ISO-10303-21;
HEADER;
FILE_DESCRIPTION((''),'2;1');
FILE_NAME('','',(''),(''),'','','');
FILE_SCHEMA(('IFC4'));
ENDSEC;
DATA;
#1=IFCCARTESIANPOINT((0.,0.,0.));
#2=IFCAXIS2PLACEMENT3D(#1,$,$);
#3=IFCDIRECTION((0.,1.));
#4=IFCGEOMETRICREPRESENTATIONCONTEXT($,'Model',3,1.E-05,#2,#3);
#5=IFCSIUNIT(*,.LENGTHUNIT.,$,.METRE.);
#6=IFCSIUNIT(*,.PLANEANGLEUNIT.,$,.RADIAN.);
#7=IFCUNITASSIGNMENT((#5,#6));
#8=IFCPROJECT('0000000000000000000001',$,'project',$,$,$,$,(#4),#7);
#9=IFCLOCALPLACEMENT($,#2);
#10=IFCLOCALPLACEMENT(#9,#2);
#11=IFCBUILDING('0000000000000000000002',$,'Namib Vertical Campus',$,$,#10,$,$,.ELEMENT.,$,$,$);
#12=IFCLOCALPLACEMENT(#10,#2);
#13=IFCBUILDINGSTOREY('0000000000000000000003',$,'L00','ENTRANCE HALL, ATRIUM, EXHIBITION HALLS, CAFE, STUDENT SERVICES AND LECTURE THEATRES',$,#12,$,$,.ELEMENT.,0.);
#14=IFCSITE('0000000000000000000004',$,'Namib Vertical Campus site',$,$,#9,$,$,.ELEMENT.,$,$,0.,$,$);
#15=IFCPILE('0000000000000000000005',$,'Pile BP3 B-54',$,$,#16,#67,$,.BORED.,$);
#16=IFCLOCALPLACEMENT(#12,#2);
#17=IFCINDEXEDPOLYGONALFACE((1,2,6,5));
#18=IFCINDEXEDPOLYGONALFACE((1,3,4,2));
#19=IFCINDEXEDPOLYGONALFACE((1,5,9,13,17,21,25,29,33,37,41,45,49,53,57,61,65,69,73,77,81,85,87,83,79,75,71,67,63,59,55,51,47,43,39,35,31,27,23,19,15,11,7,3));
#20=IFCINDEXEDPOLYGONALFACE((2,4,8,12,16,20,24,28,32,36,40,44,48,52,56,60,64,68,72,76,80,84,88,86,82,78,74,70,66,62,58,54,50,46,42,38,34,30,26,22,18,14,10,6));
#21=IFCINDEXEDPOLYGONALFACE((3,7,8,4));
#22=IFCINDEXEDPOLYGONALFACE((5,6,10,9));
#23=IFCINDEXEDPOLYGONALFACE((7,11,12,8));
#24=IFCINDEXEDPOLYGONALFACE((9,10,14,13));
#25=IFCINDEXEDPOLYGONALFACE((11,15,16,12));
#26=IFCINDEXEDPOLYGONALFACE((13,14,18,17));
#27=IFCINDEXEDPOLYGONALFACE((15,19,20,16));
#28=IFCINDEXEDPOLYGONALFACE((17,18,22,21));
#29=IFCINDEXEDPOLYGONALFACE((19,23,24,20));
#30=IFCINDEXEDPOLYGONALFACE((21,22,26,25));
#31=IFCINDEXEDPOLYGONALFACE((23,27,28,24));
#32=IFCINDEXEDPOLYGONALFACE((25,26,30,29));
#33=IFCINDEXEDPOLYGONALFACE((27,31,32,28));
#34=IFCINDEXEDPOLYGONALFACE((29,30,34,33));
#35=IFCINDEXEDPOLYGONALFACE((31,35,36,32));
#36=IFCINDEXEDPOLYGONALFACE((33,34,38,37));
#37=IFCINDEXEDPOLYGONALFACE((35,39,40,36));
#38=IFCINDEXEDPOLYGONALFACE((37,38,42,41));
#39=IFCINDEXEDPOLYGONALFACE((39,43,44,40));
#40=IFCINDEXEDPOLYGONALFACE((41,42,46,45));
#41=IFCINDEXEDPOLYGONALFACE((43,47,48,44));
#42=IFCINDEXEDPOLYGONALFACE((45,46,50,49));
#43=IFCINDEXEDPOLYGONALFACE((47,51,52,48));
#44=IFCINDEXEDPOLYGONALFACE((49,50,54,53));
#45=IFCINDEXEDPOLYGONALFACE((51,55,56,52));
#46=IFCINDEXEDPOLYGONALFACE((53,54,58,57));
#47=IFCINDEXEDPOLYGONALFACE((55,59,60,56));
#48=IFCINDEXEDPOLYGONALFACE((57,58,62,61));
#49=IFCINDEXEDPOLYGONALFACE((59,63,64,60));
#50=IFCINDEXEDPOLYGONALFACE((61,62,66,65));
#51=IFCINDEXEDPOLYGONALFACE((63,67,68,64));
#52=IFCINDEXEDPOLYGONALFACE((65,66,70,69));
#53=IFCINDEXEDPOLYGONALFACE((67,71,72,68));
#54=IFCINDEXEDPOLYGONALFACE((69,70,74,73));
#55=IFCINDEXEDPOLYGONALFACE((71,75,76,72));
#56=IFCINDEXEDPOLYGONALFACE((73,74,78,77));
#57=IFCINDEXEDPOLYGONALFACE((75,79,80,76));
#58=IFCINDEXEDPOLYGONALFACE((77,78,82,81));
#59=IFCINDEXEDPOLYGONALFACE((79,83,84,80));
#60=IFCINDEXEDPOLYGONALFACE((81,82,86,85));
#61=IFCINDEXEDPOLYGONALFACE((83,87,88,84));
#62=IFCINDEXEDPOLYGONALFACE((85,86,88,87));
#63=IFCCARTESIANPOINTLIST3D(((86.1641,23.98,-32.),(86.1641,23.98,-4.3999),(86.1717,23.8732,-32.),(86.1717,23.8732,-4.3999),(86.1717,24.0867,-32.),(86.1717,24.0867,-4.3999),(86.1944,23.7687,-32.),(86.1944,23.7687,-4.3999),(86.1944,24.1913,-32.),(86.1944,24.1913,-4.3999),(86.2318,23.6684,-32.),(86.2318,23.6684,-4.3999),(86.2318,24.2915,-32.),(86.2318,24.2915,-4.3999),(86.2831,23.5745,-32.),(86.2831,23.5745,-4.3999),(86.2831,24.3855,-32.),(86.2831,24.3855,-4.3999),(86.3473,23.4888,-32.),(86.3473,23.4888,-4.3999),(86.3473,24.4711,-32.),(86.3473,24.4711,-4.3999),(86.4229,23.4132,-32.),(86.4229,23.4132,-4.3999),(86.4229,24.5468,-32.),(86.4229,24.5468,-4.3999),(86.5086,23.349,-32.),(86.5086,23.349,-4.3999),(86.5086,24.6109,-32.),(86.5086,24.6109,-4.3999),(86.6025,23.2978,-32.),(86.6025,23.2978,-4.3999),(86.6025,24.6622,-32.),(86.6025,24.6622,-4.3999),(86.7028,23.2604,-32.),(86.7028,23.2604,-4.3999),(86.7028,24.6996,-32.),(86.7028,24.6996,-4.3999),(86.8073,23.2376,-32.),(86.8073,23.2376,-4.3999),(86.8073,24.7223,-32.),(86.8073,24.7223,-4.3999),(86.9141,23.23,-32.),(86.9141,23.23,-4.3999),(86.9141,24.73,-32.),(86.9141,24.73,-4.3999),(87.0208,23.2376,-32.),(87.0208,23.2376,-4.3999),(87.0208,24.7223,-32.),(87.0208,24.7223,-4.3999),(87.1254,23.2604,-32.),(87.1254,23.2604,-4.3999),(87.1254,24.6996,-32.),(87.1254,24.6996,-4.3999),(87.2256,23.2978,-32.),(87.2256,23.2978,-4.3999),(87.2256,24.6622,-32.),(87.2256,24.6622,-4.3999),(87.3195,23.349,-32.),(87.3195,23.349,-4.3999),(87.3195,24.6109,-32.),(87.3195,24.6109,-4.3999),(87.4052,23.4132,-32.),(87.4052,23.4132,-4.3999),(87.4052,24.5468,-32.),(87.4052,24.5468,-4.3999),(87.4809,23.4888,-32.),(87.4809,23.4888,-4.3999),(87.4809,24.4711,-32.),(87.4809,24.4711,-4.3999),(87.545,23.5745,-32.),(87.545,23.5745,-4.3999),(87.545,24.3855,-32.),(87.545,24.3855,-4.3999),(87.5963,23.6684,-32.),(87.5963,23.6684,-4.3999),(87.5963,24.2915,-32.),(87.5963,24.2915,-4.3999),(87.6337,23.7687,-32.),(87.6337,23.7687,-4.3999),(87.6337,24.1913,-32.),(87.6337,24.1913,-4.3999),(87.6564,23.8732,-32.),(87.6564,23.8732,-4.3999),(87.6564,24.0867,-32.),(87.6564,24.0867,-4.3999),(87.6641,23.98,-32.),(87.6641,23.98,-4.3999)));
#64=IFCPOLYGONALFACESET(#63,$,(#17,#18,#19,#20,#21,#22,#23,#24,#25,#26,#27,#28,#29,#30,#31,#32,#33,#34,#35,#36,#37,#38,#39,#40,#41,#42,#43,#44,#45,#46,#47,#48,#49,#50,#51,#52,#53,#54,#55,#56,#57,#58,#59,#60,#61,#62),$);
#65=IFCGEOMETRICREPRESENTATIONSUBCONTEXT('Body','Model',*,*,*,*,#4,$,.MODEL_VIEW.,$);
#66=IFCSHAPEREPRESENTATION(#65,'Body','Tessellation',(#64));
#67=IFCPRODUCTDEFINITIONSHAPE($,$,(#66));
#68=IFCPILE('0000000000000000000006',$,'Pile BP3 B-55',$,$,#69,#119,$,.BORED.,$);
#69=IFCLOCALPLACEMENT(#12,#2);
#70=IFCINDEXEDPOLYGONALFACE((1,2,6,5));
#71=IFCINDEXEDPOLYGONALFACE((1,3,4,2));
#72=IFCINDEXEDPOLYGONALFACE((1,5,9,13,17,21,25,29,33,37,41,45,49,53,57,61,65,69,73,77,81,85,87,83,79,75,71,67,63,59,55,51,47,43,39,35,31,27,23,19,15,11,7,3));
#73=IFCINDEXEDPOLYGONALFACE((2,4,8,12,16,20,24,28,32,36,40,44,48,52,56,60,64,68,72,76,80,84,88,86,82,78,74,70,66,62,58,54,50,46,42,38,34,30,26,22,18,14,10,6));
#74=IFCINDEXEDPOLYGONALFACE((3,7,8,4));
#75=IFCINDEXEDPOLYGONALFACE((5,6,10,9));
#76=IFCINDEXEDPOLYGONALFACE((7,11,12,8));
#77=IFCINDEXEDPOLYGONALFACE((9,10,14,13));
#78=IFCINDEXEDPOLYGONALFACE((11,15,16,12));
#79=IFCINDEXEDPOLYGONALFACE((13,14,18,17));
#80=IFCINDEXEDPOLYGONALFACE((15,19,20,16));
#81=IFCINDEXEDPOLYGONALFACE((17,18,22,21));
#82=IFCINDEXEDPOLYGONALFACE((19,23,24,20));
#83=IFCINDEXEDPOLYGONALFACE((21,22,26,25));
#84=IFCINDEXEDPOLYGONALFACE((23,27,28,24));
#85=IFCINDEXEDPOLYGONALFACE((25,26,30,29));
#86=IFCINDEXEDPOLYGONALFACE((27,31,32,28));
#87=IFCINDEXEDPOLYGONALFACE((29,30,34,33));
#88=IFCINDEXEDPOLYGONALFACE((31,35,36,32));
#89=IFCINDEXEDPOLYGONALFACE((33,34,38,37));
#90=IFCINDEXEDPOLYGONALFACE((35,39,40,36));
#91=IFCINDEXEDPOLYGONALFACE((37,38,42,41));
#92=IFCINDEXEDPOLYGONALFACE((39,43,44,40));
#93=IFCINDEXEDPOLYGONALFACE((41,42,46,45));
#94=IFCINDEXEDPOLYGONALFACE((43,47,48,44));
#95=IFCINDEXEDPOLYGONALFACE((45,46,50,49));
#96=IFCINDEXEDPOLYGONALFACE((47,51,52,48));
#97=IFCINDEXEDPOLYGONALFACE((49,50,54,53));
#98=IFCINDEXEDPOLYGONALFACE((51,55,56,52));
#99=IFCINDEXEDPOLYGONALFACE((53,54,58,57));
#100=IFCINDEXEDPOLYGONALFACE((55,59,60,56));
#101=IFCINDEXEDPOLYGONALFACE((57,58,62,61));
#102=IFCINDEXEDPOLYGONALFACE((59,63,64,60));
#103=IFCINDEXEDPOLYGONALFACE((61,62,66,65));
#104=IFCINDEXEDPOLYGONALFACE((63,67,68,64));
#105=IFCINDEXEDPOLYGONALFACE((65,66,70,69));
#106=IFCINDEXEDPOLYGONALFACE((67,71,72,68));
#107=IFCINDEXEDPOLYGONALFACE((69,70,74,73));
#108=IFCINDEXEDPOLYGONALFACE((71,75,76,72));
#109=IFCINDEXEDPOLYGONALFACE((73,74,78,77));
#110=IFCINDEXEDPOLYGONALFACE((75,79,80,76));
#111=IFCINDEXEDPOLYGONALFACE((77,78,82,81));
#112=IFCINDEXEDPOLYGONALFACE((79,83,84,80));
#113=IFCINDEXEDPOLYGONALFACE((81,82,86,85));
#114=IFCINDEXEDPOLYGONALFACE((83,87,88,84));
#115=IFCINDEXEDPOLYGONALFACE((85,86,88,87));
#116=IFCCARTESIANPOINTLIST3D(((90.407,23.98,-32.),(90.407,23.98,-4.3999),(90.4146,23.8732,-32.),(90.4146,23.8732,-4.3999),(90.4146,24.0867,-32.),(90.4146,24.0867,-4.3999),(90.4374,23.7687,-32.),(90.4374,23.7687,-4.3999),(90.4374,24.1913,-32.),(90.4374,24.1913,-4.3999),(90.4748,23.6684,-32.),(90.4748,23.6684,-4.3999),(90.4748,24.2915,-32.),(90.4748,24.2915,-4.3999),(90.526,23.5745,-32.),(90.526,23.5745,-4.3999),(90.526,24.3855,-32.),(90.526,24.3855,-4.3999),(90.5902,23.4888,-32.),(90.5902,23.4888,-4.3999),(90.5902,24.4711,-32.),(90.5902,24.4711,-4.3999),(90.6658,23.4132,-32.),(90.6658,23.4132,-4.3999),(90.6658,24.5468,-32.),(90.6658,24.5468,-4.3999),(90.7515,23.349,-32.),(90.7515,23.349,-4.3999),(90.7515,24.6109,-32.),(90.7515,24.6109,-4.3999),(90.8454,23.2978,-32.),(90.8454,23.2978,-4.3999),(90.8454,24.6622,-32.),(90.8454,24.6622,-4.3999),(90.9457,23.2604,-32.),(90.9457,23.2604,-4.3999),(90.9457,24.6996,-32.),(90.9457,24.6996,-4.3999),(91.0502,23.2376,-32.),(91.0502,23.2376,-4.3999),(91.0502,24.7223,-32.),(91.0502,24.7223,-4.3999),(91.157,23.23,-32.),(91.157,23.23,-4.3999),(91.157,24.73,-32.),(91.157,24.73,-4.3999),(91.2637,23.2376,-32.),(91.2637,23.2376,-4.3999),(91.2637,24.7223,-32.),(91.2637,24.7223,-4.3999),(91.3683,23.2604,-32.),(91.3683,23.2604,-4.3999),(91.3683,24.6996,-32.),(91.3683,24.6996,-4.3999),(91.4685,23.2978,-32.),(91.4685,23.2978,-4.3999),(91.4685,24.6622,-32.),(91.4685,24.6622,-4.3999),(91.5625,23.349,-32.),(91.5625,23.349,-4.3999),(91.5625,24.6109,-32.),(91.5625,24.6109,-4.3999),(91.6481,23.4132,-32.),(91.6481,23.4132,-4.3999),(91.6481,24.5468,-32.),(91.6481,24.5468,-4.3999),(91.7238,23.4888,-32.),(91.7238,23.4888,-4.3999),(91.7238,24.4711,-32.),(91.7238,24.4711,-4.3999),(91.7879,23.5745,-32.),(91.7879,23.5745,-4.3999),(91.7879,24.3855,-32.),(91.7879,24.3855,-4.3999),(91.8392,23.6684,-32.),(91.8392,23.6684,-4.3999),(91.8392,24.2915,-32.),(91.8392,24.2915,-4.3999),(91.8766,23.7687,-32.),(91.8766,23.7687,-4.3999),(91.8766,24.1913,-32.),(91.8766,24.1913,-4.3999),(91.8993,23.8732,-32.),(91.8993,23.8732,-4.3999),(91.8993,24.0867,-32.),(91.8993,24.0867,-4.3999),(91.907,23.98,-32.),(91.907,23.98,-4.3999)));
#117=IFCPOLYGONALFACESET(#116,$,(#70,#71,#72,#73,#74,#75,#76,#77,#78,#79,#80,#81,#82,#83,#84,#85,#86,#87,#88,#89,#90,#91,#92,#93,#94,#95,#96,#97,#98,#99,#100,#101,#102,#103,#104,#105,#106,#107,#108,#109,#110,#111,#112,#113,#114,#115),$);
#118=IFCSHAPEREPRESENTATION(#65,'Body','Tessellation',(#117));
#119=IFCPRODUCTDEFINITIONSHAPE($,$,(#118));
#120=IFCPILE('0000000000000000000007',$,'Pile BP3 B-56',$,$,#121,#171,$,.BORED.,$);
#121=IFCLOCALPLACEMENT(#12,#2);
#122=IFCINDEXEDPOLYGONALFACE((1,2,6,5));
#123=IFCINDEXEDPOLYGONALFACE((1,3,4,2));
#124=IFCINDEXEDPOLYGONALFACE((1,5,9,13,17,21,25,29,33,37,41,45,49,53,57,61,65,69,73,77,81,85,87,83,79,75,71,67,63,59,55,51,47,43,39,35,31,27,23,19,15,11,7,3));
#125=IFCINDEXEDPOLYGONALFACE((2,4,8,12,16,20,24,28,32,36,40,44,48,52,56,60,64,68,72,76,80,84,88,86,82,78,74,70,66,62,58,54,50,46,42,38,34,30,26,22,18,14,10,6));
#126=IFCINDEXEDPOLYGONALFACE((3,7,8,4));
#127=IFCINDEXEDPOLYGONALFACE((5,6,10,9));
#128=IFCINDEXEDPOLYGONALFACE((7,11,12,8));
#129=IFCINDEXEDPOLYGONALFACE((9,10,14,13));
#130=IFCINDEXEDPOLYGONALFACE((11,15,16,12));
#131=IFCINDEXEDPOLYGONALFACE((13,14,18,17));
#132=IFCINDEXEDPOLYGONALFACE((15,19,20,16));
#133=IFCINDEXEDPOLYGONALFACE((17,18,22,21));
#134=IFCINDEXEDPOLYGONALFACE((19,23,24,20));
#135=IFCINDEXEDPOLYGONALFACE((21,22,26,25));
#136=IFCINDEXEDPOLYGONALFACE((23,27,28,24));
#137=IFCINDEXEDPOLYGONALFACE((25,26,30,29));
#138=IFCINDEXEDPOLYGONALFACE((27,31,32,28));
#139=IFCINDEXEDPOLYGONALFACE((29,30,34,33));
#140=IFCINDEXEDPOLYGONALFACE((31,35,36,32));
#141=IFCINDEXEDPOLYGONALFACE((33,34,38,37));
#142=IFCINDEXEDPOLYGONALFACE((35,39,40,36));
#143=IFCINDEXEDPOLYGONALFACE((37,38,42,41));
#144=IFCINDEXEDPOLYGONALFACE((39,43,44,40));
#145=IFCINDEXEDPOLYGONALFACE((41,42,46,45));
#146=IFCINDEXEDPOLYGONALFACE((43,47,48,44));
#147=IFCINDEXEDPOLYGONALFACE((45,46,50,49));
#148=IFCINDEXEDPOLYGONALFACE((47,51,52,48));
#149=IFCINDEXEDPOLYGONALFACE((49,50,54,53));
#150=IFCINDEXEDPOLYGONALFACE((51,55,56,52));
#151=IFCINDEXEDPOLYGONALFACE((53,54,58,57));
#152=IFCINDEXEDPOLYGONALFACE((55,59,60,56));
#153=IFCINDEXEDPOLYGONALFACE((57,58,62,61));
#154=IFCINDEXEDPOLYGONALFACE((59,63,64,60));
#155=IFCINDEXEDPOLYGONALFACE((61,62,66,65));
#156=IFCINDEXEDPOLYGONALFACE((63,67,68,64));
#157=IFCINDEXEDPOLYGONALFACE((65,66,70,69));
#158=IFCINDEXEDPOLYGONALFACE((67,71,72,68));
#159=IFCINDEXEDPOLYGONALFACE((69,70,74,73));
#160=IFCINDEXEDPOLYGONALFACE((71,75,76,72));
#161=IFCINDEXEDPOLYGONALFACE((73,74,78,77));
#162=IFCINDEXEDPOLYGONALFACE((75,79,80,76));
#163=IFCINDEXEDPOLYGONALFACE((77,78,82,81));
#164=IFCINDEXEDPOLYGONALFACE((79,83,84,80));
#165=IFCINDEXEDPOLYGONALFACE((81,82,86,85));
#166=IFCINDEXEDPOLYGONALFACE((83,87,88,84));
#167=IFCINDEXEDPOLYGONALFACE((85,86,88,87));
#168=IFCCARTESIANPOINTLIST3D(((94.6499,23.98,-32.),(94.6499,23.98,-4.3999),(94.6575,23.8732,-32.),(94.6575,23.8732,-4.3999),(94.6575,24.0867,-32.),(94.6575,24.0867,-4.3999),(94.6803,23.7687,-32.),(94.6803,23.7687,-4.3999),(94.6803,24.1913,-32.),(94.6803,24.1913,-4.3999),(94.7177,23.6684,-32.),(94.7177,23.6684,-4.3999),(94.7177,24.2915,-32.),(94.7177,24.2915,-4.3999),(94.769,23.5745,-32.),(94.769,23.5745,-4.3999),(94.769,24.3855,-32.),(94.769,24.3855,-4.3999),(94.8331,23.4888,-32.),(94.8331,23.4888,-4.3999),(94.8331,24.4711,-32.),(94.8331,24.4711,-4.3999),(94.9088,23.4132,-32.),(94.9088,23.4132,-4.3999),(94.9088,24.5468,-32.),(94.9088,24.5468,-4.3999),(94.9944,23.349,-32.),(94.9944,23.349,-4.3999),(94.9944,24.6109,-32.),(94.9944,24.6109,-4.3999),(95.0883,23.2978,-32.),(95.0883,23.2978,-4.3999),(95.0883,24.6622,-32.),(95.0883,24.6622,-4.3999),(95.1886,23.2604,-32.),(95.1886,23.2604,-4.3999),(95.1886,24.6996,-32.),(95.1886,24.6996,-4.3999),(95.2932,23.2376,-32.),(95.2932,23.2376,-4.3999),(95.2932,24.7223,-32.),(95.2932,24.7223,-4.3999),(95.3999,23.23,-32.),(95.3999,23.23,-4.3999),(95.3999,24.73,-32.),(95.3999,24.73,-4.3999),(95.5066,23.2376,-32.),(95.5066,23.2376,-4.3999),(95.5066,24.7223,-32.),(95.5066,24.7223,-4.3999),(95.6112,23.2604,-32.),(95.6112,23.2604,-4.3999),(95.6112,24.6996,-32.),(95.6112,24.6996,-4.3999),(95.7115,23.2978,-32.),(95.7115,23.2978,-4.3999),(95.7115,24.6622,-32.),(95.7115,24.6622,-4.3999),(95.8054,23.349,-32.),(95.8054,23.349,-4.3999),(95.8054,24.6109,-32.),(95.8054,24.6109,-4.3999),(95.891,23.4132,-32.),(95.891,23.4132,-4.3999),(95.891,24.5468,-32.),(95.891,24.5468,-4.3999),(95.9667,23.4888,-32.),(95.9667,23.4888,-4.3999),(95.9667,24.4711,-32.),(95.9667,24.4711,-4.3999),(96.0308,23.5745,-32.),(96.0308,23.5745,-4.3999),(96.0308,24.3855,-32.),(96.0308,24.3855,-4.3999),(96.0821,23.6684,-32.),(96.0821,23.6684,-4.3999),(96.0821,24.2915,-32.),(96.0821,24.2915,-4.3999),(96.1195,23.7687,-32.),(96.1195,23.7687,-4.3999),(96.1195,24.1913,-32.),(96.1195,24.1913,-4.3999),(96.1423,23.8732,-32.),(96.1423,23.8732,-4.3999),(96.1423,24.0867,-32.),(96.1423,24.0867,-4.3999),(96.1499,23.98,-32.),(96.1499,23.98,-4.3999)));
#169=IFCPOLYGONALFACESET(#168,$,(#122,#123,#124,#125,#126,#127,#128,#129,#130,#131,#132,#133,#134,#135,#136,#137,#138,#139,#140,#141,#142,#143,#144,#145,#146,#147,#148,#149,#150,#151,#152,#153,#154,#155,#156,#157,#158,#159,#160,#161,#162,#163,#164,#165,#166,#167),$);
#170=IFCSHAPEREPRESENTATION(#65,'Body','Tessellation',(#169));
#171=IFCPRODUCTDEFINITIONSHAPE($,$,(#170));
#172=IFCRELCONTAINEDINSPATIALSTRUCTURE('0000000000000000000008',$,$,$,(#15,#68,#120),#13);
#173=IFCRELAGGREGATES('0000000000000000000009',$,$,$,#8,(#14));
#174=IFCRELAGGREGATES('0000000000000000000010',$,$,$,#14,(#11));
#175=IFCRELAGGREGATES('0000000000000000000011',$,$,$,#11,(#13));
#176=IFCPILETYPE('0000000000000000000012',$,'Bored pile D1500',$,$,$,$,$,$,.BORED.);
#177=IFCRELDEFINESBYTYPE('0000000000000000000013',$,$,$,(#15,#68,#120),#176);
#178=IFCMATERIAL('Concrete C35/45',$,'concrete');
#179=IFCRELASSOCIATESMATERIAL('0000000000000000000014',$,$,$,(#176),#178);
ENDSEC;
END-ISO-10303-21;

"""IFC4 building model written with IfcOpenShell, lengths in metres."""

from ifc_helpers import new_model, si_unit, direction, frame, origin, origin_2d, place, context, subcontext, project, spatial, circle, extrude, material, material_profile, profile_set, type_object, element, save


model = new_model("IFC4")

# Units and contexts
model_context = context("Model", 3, precision=1e-05, world=origin(), true_north=direction((0.0, 1.0)))
body_context = subcontext(model_context, "Body", "Model", "MODEL_VIEW")
ifc_project = project(units=[si_unit("LENGTHUNIT", "METRE"), si_unit("PLANEANGLEUNIT", "RADIAN")], contexts=[model_context])

# Site, building, storey
site_placement = place(None, origin())
site = spatial("IfcSite", under=ifc_project, at=site_placement, Name="Namib Vertical Campus site", CompositionType="ELEMENT", RefElevation=0.0)
building_placement = place(site_placement, origin())
building = spatial("IfcBuilding", under=site, at=building_placement, Name="Namib Vertical Campus", CompositionType="ELEMENT")
storey_placement = place(building_placement, origin())
storey = spatial("IfcBuildingStorey", under=building, at=storey_placement, Name="L00", Description="ENTRANCE HALL, ATRIUM, EXHIBITION HALLS, CAFE, STUDENT SERVICES AND LECTURE THEATRES", CompositionType="ELEMENT", Elevation=0.0)

# Piles
ifc_material_1 = material(Name="Concrete C35/45", Category="concrete")
ifc_material_profile_1 = material_profile(ifc_material_1, circle(Radius=0.75, at=origin_2d()))
ifc_profile_set_1 = profile_set([ifc_material_profile_1], Name="Concrete C35/45")
pile_type = type_object("IfcPileType", Name="Bored pile D1500", PredefinedType="BORED", material=ifc_profile_set_1)
for number, where, z_axis, x_axis, name in (
    (1, (86.9141, 23.98, -4.3999), (0.0, 0.0, -1.0), (1.0, 0.0, 0.0), "Pile BP3 B-54"),
    (2, (91.157, 23.98, -4.3999), (0.0, 0.0, -1.0), (1.0, 0.0, 0.0), "Pile BP3 B-55"),
    (3, (95.3999, 23.98, -4.3999), (0.0, 0.0, -1.0), (1.0, 0.0, 0.0), "Pile BP3 B-56"),
):
    element("IfcPile", number, at=place(storey_placement, frame(where, z_axis=z_axis, x_axis=x_axis)), inside=storey, type_object=pile_type, Name=name, PredefinedType="BORED", context=body_context, shape_type="SweptSolid", body=[
        extrude(circle(Radius=0.75, at=origin_2d()), origin(), (0.0, 0.0, 1.0), 27.6001),
    ])

save(model, "model.ifc")
